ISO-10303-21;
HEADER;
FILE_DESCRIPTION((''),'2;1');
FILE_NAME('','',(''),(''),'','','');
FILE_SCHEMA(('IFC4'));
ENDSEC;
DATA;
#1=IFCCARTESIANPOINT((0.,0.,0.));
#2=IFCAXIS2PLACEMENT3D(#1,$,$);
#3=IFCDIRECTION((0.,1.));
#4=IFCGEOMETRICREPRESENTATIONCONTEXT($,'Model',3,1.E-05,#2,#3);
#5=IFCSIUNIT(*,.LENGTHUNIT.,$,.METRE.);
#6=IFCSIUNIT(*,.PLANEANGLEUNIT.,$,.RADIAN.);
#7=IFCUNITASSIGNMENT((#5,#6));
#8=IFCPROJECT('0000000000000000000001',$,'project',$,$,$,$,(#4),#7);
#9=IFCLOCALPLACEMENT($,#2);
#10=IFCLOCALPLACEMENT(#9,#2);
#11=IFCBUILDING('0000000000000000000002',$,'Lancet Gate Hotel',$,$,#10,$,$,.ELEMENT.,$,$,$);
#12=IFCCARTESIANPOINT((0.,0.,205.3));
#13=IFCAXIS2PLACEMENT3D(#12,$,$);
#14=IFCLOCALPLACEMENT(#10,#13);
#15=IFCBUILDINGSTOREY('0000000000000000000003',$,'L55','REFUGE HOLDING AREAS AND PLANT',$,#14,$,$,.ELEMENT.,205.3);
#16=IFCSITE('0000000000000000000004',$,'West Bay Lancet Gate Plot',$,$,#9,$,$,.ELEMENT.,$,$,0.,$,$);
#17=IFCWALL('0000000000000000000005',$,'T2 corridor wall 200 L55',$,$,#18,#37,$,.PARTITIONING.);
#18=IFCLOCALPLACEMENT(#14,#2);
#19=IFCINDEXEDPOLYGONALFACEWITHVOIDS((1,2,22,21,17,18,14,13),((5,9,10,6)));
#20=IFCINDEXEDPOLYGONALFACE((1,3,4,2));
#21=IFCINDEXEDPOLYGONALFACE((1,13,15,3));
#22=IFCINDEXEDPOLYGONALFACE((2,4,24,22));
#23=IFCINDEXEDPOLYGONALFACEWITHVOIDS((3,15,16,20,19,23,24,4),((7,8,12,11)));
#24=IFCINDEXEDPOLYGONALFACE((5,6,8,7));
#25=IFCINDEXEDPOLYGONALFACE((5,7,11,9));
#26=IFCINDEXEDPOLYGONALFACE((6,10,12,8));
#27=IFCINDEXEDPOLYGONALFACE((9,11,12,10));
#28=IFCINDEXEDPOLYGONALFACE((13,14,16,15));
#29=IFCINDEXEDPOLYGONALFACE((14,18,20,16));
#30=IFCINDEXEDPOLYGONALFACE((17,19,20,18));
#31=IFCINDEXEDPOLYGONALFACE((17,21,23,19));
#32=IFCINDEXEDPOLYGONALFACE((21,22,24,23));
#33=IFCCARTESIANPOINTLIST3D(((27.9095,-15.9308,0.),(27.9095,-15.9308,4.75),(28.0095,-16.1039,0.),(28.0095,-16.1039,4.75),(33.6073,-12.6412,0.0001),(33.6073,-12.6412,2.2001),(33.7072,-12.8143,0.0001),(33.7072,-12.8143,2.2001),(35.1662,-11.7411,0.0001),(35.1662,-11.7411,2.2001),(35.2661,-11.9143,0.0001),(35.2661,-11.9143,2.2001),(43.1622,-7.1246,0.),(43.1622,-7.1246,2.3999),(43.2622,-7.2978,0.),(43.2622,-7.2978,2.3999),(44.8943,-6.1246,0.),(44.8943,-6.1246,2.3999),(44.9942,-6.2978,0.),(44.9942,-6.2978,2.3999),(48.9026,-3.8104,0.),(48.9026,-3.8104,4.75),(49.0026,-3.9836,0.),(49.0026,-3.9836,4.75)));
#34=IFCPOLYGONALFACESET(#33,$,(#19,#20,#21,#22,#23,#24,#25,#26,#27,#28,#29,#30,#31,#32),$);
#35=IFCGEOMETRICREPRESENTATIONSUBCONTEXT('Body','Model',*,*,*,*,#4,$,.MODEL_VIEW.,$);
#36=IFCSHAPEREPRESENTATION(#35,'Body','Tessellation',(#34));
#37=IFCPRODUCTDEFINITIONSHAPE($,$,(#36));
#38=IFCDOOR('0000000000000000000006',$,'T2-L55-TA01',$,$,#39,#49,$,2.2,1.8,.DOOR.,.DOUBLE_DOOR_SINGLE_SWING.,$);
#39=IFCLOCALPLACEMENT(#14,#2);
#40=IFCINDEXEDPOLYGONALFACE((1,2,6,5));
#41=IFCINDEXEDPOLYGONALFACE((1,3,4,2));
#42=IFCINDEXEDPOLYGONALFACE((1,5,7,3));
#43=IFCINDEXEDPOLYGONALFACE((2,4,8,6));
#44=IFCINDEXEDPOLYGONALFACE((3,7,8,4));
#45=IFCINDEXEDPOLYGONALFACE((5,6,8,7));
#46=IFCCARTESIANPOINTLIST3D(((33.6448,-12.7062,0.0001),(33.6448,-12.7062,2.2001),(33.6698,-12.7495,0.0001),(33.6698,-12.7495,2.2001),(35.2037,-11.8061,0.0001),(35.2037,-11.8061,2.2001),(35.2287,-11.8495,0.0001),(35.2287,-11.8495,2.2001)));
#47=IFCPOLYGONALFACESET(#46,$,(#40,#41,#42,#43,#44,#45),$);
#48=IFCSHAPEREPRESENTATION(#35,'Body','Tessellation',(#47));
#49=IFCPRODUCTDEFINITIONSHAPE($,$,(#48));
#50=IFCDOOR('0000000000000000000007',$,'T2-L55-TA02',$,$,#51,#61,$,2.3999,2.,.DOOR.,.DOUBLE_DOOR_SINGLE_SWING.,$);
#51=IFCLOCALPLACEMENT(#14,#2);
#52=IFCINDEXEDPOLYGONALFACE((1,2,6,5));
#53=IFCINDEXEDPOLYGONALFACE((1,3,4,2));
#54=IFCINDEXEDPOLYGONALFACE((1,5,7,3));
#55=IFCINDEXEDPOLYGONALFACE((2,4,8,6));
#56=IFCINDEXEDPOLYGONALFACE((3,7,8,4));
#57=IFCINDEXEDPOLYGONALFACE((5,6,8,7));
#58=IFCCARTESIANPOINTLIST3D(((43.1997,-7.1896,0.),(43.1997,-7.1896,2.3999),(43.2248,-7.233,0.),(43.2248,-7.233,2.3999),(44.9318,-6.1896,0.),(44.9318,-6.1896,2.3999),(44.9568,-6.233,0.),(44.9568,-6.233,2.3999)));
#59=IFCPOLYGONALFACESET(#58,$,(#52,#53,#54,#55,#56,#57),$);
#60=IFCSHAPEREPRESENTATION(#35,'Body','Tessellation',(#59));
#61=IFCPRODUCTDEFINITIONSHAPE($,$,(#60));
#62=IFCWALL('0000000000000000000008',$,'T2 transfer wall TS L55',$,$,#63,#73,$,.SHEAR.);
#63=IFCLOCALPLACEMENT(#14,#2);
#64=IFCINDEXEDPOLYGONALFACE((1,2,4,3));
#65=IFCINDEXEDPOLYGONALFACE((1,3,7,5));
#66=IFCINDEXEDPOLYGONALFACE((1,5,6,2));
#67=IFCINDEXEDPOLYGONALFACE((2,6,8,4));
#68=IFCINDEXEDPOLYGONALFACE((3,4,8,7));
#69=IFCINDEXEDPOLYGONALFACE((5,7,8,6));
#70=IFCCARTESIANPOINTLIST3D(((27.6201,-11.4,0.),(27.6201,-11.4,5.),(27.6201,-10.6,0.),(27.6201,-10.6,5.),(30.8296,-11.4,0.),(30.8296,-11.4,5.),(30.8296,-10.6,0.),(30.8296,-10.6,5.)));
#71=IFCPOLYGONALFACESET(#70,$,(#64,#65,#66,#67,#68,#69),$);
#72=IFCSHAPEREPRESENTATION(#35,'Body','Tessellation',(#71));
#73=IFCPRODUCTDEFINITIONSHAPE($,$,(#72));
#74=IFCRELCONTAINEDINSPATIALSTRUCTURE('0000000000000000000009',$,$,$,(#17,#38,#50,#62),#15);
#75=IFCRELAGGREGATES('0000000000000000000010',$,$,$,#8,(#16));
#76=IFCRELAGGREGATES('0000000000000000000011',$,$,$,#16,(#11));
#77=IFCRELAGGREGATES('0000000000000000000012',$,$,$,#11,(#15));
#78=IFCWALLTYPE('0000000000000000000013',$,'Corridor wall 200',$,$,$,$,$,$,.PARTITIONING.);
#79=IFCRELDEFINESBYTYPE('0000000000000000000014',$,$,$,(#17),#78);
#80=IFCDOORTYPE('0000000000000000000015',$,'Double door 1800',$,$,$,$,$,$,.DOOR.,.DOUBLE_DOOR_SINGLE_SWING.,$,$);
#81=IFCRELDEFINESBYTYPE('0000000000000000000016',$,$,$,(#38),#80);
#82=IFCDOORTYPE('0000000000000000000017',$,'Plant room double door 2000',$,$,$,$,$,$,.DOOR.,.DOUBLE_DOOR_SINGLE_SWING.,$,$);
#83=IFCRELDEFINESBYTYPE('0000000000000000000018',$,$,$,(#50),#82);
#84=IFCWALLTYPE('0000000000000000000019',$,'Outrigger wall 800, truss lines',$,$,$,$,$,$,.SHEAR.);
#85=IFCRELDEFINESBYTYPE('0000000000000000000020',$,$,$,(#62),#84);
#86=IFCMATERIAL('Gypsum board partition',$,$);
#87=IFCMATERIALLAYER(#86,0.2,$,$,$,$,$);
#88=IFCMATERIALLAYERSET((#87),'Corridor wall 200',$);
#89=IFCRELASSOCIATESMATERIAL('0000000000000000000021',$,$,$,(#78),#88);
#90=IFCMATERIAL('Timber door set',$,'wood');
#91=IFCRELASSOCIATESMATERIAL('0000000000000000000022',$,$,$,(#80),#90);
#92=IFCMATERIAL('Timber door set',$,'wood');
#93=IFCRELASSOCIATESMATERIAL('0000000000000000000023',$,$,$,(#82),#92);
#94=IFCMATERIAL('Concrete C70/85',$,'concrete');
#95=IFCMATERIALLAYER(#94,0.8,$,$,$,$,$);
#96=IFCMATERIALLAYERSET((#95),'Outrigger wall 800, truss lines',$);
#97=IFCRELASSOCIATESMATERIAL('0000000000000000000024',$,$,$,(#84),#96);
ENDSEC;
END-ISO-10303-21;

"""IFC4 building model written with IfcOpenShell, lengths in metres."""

from ifc_helpers import new_model, si_unit, direction, frame, frame_2d, origin, place, context, subcontext, project, spatial, rectangle, extrude, material, layer, layer_set, type_object, element, fill, save


model = new_model("IFC4")

# Units and contexts
model_context = context("Model", 3, precision=1e-05, world=origin(), true_north=direction((0.0, 1.0)))
body_context = subcontext(model_context, "Body", "Model", "MODEL_VIEW")
ifc_project = project(units=[si_unit("LENGTHUNIT", "METRE"), si_unit("PLANEANGLEUNIT", "RADIAN")], contexts=[model_context])

# Site, building, storey
site_placement = place(None, origin())
site = spatial("IfcSite", under=ifc_project, at=site_placement, Name="West Bay Lancet Gate Plot", CompositionType="ELEMENT", RefElevation=0.0)
building_placement = place(site_placement, origin())
building = spatial("IfcBuilding", under=site, at=building_placement, Name="Lancet Gate Hotel", CompositionType="ELEMENT")
storey_placement = place(building_placement, frame((0.0, 0.0, 205.3)))
storey = spatial("IfcBuildingStorey", under=building, at=storey_placement, Name="L55", Description="REFUGE HOLDING AREAS AND PLANT", CompositionType="ELEMENT", Elevation=205.3)

# Wall, openings, doors
ifc_material_1 = material(Name="Gypsum board partition")
ifc_layer_1 = layer(ifc_material_1, 0.2)
ifc_layer_set_1 = layer_set([ifc_layer_1], Name="Corridor wall 200")
wall_type_1 = type_object("IfcWallType", Name="Corridor wall 200", PredefinedType="PARTITIONING", material=ifc_layer_set_1)
wall_1_placement = place(storey_placement, frame((27.9595, -16.0173, 0.0), z_axis=(0.0, 0.0, 1.0), x_axis=(0.866026, 0.499999, 0.0)))
wall_1 = element("IfcWall", 1, at=wall_1_placement, inside=storey, type_object=wall_type_1, Name="T2 corridor wall 200 L55", PredefinedType="PARTITIONING", context=body_context, shape_type="SweptSolid", body=[
    extrude(rectangle(XDim=24.2407, YDim=0.2, at=frame_2d((12.1204, 0.0))), origin(), (0.0, 0.0, 1.0), 4.75),
])
opening_1_placement = place(wall_1_placement, frame((6.5793, 0.0, 0.0)))
opening_1 = element("IfcOpeningElement", 2, at=opening_1_placement, cuts=wall_1, PredefinedType="OPENING", context=body_context, shape_type="SweptSolid", body=[
    extrude(rectangle(XDim=1.8, YDim=2.2, at=frame_2d((0.8999, 1.1001))), frame((0.0, 0.1099, 0.0), z_axis=(0.0, -1.0, 0.0), x_axis=(1.0, 0.0, 0.0)), (0.0, 0.0, 1.0), 0.22),
])
opening_2_placement = place(wall_1_placement, frame((17.6123, 0.0, 0.0)))
opening_2 = element("IfcOpeningElement", 3, at=opening_2_placement, cuts=wall_1, PredefinedType="OPENING", context=body_context, shape_type="SweptSolid", body=[
    extrude(rectangle(XDim=2.0, YDim=2.3999, at=frame_2d((1.0, 1.2))), frame((0.0, 0.1099, 0.0), z_axis=(0.0, -1.0, 0.0), x_axis=(1.0, 0.0, 0.0)), (0.0, 0.0, 1.0), 0.22),
])
ifc_material_2 = material(Name="Timber door set", Category="wood")
door_type_1 = type_object("IfcDoorType", Name="Double door 1800", OperationType="DOUBLE_DOOR_SINGLE_SWING", PredefinedType="DOOR", material=ifc_material_2)
door_1_placement = place(opening_1_placement, origin())
door_1 = element("IfcDoor", 4, at=door_1_placement, inside=storey, type_object=door_type_1, Name="T2-L55-TA01", OperationType="DOUBLE_DOOR_SINGLE_SWING", OverallHeight=2.2, OverallWidth=1.8, PredefinedType="DOOR", context=body_context, shape_type="SweptSolid", body=[
    extrude(rectangle(XDim=1.8, YDim=2.2, at=frame_2d((0.8999, 1.1001))), frame((0.0, 0.0249, 0.0), z_axis=(0.0, -1.0, 0.0), x_axis=(1.0, 0.0, 0.0)), (0.0, 0.0, 1.0), 0.05),
])
fill(opening_1, door_1)
ifc_material_3 = material(Name="Timber door set", Category="wood")
door_type_2 = type_object("IfcDoorType", Name="Plant room double door 2000", OperationType="DOUBLE_DOOR_SINGLE_SWING", PredefinedType="DOOR", material=ifc_material_3)
door_2_placement = place(opening_2_placement, origin())
door_2 = element("IfcDoor", 5, at=door_2_placement, inside=storey, type_object=door_type_2, Name="T2-L55-TA02", OperationType="DOUBLE_DOOR_SINGLE_SWING", OverallHeight=2.3999, OverallWidth=2.0, PredefinedType="DOOR", context=body_context, shape_type="SweptSolid", body=[
    extrude(rectangle(XDim=2.0, YDim=2.3999, at=frame_2d((1.0, 1.2))), frame((0.0, 0.0249, 0.0), z_axis=(0.0, -1.0, 0.0), x_axis=(1.0, 0.0, 0.0)), (0.0, 0.0, 1.0), 0.05),
])
fill(opening_2, door_2)

# Wall
ifc_material_4 = material(Name="Concrete C70/85", Category="concrete")
ifc_layer_2 = layer(ifc_material_4, 0.8)
ifc_layer_set_2 = layer_set([ifc_layer_2], Name="Outrigger wall 800, truss lines")
wall_type_2 = type_object("IfcWallType", Name="Outrigger wall 800, truss lines", PredefinedType="SHEAR", material=ifc_layer_set_2)
wall_2_placement = place(storey_placement, frame((27.6201, -11.0, 0.0), z_axis=(0.0, 0.0, 1.0), x_axis=(1.0, 0.0, 0.0)))
element("IfcWall", 6, at=wall_2_placement, inside=storey, type_object=wall_type_2, Name="T2 transfer wall TS L55", PredefinedType="SHEAR", context=body_context, shape_type="SweptSolid", body=[
    extrude(rectangle(XDim=3.2095, YDim=0.8, at=frame_2d((1.6047, 0.0))), origin(), (0.0, 0.0, 1.0), 5.0),
])

save(model, "model.ifc")
